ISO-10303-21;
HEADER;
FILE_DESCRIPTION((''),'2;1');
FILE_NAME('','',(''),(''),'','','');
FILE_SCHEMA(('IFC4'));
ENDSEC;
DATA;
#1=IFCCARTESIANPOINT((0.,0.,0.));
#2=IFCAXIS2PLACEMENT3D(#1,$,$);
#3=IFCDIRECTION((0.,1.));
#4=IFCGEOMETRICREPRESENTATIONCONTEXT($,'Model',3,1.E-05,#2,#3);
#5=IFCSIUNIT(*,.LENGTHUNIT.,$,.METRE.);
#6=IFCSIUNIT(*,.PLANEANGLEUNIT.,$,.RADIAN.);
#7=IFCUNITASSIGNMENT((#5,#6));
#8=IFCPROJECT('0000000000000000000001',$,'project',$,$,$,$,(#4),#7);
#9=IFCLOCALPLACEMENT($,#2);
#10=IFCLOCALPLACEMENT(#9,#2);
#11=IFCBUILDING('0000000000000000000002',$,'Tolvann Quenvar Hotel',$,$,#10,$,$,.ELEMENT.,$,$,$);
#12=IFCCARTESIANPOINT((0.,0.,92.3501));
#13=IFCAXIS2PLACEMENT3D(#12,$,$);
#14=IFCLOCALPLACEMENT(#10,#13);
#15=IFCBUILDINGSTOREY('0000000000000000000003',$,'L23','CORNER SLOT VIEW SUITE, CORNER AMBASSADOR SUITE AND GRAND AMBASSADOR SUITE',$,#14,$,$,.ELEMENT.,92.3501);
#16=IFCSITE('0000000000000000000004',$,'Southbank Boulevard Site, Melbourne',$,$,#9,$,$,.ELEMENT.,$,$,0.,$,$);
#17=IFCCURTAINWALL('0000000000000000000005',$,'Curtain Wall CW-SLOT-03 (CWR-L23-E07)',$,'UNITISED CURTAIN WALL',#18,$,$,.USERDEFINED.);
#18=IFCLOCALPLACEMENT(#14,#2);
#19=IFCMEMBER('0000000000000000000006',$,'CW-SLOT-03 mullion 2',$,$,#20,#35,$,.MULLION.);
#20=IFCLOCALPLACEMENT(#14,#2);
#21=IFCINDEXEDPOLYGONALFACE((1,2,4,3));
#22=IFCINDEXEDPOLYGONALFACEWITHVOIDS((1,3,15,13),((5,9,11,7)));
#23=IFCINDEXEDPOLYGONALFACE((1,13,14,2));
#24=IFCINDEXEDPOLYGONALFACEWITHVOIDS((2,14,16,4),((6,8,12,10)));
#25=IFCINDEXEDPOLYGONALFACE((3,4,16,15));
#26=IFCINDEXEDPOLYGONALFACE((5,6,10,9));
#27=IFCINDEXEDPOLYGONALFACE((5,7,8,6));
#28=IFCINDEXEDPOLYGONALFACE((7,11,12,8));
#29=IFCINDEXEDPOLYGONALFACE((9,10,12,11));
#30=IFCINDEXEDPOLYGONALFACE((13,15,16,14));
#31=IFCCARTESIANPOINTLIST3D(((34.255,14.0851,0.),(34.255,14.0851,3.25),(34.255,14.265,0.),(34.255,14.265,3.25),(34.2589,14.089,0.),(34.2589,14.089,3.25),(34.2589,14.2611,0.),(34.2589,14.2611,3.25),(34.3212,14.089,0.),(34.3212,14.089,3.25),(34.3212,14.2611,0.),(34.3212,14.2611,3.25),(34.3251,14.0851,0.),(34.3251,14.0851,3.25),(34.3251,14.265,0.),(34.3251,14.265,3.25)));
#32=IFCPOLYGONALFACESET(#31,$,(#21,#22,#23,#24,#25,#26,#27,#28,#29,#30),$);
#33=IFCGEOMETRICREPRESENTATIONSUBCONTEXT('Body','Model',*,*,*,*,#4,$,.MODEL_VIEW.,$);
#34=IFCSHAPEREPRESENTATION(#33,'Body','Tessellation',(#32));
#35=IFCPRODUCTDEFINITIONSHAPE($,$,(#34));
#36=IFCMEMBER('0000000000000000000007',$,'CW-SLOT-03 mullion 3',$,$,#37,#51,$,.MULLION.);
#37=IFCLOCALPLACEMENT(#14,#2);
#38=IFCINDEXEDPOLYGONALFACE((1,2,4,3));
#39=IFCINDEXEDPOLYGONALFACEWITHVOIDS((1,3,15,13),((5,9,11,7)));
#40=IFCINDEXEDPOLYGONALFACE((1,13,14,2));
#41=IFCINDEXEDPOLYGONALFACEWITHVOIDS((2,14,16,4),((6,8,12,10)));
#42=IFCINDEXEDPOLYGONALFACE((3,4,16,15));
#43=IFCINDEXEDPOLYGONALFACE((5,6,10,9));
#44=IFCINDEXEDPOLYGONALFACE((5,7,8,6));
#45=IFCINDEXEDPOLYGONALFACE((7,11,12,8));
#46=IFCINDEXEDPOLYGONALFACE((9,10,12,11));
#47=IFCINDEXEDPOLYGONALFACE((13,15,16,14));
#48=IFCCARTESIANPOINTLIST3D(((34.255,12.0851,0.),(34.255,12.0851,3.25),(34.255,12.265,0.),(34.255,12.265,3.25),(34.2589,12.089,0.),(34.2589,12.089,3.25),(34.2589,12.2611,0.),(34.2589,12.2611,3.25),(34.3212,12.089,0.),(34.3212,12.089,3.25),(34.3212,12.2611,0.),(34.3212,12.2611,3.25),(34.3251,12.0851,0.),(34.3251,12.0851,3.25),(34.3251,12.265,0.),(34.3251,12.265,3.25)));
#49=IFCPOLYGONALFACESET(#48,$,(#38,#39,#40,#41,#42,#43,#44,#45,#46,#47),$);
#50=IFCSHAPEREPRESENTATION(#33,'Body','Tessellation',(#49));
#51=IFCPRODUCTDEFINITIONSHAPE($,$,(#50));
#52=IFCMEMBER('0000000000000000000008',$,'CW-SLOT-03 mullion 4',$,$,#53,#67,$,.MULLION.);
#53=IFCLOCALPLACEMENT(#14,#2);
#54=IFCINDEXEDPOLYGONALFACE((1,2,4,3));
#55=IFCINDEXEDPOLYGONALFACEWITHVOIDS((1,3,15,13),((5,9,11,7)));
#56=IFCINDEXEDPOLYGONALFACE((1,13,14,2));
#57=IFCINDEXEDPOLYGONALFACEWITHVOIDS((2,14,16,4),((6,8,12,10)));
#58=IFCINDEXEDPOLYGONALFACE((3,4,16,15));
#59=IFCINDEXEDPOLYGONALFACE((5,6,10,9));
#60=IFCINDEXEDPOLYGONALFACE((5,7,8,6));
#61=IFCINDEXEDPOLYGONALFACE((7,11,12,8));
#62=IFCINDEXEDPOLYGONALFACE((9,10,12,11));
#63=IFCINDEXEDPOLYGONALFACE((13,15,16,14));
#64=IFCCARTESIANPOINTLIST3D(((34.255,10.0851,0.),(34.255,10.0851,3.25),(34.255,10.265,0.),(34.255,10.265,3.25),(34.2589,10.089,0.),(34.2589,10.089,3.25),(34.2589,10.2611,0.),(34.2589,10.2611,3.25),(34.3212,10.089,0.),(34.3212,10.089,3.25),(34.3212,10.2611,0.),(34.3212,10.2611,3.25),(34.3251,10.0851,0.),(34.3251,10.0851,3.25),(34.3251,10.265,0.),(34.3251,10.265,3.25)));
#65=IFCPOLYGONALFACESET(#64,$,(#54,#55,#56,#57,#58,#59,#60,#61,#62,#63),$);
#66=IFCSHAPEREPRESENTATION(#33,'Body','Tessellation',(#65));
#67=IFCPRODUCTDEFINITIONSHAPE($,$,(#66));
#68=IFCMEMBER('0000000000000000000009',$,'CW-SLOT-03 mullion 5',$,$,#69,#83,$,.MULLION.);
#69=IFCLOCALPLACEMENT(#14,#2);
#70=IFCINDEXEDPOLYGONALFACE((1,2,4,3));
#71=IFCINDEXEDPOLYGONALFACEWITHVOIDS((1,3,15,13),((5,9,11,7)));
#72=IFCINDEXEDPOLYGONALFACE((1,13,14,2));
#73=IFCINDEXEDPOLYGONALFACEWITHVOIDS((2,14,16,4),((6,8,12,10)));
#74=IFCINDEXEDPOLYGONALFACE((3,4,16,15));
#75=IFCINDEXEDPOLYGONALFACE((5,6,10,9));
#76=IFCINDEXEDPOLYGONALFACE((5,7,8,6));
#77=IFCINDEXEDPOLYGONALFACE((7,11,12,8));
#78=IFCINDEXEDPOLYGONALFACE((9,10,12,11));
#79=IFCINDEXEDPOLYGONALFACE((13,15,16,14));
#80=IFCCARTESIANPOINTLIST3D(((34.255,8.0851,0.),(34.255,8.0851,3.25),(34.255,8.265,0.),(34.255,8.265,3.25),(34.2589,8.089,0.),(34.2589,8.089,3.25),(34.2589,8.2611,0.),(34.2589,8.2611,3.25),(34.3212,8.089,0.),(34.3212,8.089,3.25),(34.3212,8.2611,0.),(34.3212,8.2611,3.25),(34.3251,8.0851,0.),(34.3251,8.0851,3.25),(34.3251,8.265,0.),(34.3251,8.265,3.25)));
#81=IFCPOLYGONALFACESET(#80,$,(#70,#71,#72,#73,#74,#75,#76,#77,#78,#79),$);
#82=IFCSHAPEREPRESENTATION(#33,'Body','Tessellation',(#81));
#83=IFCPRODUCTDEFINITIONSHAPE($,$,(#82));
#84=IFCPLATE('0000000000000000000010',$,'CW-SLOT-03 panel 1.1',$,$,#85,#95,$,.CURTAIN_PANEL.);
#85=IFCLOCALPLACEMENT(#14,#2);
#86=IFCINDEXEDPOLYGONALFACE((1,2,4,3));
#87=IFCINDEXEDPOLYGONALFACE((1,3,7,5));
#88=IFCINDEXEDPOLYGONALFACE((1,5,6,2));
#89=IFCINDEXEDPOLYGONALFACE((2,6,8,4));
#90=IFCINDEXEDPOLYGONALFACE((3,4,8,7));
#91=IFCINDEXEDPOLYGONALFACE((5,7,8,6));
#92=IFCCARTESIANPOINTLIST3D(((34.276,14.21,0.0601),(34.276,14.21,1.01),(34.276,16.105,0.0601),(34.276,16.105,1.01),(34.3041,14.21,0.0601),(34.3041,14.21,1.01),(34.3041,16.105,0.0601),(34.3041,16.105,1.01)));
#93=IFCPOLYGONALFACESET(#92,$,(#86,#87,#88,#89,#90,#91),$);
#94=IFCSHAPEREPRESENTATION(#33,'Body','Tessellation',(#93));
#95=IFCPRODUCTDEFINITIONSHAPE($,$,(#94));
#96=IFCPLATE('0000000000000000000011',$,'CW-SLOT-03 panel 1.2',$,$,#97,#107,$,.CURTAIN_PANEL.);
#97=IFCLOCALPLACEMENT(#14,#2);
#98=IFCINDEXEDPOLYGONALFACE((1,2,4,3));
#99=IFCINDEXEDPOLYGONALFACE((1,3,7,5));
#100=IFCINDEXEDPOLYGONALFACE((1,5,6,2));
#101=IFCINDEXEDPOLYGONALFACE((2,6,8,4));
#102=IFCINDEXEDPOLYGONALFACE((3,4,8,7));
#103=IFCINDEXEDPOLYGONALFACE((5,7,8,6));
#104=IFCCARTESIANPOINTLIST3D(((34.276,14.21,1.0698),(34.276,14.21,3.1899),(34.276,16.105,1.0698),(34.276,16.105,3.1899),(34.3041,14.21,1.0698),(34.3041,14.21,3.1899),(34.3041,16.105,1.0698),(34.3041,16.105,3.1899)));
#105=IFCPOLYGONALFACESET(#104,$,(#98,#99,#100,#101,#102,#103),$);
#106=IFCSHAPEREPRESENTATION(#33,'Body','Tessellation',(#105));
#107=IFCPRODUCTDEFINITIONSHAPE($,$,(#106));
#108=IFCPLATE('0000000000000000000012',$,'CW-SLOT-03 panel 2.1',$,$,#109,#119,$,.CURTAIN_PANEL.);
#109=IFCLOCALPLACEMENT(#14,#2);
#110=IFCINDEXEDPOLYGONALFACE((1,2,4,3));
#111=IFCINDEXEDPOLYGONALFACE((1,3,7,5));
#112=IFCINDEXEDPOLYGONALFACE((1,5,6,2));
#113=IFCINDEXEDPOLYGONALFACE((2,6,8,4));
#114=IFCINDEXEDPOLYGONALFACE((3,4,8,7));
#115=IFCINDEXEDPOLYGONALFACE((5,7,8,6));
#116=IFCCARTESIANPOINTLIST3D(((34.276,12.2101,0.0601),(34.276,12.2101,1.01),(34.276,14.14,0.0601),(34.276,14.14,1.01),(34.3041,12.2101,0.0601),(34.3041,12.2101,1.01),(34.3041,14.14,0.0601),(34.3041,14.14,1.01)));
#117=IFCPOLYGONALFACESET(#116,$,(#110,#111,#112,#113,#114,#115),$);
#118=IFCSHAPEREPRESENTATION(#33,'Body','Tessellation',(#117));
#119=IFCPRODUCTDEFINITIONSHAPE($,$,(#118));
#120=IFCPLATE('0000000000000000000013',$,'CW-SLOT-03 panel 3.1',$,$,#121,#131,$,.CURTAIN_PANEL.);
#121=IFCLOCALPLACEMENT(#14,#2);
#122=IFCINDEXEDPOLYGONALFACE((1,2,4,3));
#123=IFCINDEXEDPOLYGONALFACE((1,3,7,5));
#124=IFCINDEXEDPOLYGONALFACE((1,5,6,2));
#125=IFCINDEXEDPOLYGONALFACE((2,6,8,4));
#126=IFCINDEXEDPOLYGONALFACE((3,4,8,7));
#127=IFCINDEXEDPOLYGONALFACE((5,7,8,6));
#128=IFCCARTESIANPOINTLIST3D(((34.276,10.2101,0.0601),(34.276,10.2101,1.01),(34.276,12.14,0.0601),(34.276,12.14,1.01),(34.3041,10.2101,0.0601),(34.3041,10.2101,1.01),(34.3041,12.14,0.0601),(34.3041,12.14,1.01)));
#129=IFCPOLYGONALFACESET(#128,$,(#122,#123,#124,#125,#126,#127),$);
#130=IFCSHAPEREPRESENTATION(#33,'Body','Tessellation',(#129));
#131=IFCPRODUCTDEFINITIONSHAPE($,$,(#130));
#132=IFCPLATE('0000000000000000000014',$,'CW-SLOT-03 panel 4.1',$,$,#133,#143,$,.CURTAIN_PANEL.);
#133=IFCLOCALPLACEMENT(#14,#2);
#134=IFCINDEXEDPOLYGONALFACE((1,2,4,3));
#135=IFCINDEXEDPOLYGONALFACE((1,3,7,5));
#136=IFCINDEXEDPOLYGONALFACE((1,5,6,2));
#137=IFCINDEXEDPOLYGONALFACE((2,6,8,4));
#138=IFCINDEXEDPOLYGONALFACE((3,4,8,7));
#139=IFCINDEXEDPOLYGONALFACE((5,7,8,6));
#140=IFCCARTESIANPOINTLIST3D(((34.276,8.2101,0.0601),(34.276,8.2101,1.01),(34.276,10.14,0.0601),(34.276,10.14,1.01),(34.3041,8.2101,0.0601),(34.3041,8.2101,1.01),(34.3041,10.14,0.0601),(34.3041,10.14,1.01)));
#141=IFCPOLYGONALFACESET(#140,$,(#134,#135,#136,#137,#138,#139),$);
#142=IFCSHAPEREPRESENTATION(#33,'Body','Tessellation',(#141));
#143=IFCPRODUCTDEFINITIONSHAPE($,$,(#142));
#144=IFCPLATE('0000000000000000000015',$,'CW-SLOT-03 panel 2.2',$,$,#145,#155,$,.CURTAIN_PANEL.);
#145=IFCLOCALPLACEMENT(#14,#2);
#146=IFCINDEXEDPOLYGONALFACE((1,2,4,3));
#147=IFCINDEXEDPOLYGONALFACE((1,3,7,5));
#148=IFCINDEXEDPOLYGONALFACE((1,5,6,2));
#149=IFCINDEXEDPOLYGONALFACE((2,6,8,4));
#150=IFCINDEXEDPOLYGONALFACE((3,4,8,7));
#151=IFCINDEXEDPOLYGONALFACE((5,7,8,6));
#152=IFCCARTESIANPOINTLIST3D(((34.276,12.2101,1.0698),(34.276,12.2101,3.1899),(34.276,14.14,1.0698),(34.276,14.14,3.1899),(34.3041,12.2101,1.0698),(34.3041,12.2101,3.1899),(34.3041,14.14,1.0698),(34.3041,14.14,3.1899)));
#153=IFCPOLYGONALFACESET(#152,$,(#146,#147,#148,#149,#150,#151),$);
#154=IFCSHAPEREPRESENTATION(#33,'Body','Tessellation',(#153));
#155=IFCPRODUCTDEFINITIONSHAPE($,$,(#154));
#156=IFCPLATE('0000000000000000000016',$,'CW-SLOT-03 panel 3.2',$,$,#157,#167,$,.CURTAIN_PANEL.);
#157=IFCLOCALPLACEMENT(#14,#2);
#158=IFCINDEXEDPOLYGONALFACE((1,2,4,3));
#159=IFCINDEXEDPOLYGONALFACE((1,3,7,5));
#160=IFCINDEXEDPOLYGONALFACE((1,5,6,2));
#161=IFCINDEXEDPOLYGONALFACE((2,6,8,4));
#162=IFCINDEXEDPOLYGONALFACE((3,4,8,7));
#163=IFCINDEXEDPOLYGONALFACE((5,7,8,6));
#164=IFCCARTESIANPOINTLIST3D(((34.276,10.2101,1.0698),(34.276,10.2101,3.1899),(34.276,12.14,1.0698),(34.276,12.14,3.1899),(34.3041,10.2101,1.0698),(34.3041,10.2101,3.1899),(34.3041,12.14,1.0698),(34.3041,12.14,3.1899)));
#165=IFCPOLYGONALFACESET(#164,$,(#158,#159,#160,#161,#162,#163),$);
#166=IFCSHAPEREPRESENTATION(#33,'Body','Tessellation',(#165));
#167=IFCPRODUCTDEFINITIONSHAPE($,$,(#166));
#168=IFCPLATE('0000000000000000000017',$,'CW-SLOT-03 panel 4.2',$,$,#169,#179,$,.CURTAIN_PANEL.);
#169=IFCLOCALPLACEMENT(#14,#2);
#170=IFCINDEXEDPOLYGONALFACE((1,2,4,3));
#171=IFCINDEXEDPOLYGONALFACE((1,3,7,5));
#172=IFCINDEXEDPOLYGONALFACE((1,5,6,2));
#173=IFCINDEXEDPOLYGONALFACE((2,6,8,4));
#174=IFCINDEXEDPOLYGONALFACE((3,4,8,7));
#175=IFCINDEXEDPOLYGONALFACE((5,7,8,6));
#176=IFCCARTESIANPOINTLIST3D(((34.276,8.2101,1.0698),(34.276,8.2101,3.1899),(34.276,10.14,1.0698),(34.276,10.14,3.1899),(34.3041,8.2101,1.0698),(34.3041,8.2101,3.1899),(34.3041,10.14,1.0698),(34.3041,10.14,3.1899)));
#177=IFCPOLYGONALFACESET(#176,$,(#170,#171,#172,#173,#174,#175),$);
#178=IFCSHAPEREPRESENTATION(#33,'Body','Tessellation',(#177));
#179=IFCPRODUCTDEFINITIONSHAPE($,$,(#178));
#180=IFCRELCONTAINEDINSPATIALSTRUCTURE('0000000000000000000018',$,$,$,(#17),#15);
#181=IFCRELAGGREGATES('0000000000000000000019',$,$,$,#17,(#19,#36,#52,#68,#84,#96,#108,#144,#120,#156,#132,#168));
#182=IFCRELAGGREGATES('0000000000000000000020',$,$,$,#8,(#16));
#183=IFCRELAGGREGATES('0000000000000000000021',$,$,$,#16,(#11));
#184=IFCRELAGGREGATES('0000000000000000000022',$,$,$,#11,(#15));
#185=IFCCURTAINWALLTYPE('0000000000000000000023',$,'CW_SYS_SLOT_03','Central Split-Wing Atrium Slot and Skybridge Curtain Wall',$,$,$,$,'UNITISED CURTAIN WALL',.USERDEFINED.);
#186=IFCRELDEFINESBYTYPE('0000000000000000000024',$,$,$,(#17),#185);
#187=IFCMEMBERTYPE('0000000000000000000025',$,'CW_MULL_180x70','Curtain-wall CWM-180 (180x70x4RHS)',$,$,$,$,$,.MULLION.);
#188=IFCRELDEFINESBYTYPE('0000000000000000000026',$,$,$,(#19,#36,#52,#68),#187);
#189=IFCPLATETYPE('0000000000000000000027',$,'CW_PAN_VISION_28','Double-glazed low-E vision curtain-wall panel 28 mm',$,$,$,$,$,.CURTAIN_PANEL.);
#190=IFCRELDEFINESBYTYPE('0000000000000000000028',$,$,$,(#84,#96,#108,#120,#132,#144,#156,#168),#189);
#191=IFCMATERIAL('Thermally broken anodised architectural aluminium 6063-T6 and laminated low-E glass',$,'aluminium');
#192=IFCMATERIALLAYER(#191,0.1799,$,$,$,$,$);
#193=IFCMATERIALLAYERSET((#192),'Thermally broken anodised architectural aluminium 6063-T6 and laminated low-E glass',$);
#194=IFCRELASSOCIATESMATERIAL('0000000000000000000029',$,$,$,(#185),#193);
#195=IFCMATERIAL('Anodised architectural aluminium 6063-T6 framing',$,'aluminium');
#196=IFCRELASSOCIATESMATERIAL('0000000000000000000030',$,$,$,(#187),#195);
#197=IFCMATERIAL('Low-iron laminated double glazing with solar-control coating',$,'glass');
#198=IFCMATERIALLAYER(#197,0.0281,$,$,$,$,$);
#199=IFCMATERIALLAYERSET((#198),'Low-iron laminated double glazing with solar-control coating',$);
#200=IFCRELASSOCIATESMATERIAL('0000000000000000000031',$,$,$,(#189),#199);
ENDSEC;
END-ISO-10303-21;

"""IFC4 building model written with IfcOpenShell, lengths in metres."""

from ifc_helpers import new_model, si_unit, direction, frame, origin, origin_2d, place, context, subcontext, project, spatial, rectangle, hollow_rectangle, extrude, source, transform, mapped, material, layer, layer_set, material_profile, profile_set, type_object, type_shapes, element, aggregate, save


model = new_model("IFC4")

# Units and contexts
model_context = context("Model", 3, precision=1e-05, world=origin(), true_north=direction((0.0, 1.0)))
body_context = subcontext(model_context, "Body", "Model", "MODEL_VIEW")
ifc_project = project(units=[si_unit("LENGTHUNIT", "METRE"), si_unit("PLANEANGLEUNIT", "RADIAN")], contexts=[model_context])

# Site, building, storey
site_placement = place(None, origin())
site = spatial("IfcSite", under=ifc_project, at=site_placement, Name="Southbank Boulevard Site, Melbourne", CompositionType="ELEMENT", RefElevation=0.0)
building_placement = place(site_placement, origin())
building = spatial("IfcBuilding", under=site, at=building_placement, Name="Tolvann Quenvar Hotel", CompositionType="ELEMENT")
storey_placement = place(building_placement, frame((0.0, 0.0, 92.3501)))
storey = spatial("IfcBuildingStorey", under=building, at=storey_placement, Name="L23", Description="CORNER SLOT VIEW SUITE, CORNER AMBASSADOR SUITE AND GRAND AMBASSADOR SUITE", CompositionType="ELEMENT", Elevation=92.3501)

# Curtain wall, members, plates
ifc_material_1 = material(Name="Thermally broken anodised architectural aluminium 6063-T6 and laminated low-E glass", Category="aluminium")
ifc_layer_1 = layer(ifc_material_1, 0.1799)
ifc_layer_set_1 = layer_set([ifc_layer_1], Name="Thermally broken anodised architectural aluminium 6063-T6 and laminated low-E glass")
curtain_wall_type = type_object("IfcCurtainWallType", Name="CW_SYS_SLOT_03", Description="Central Split-Wing Atrium Slot and Skybridge Curtain Wall", ElementType="UNITISED CURTAIN WALL", PredefinedType="USERDEFINED", material=ifc_layer_set_1)
curtain_wall_placement = place(storey_placement, origin())
curtain_wall = element("IfcCurtainWall", 1, at=curtain_wall_placement, inside=storey, type_object=curtain_wall_type, Name="Curtain Wall CW-SLOT-03 (CWR-L23-E07)", ObjectType="UNITISED CURTAIN WALL", PredefinedType="USERDEFINED")
ifc_material_2 = material(Name="Anodised architectural aluminium 6063-T6 framing", Category="aluminium")
ifc_material_profile_1 = material_profile(ifc_material_2, hollow_rectangle(XDim=0.0701, YDim=0.1799, WallThickness=0.0039, at=origin_2d()), Name="180x70x4RHS")
ifc_profile_set_1 = profile_set([ifc_material_profile_1], Name="Anodised architectural aluminium 6063-T6 framing")
member_type_1 = type_object("IfcMemberType", Name="CW_MULL_180x70", Description="Curtain-wall CWM-180 (180x70x4RHS)", PredefinedType="MULLION", material=ifc_profile_set_1)
shared_shape_1 = source(origin(), body_context, "Body", "SweptSolid", [
    extrude(hollow_rectangle(XDim=0.0701, YDim=0.1799, WallThickness=0.0039, at=origin_2d()), origin(), (0.0, 0.0, 1.0), 3.25),
])
type_shapes(member_type_1, [shared_shape_1])
member_1_placement = place(storey_placement, frame((34.29, 14.175, 0.0), z_axis=(0.0, 0.0, 1.0), x_axis=(1.0, 0.0, 0.0)))
member_1 = element("IfcMember", 2, at=member_1_placement, type_object=member_type_1, Name="CW-SLOT-03 mullion 2", PredefinedType="MULLION", context=body_context, shape_type="MappedRepresentation", body=[
    mapped(shared_shape_1, transform((0.0, 0.0, 0.0), x_axis=(1.0, 0.0, 0.0), y_axis=(0.0, 1.0, 0.0), z_axis=(0.0, 0.0, 1.0), scale=1.0)),
])
member_2_placement = place(storey_placement, frame((34.29, 12.175, 0.0), z_axis=(0.0, 0.0, 1.0), x_axis=(1.0, 0.0, 0.0)))
member_2 = element("IfcMember", 3, at=member_2_placement, type_object=member_type_1, Name="CW-SLOT-03 mullion 3", PredefinedType="MULLION", context=body_context, shape_type="MappedRepresentation", body=[
    mapped(shared_shape_1, transform((0.0, 0.0, 0.0), x_axis=(1.0, 0.0, 0.0), y_axis=(0.0, 1.0, 0.0), z_axis=(0.0, 0.0, 1.0), scale=1.0)),
])
member_3_placement = place(storey_placement, frame((34.29, 10.175, 0.0), z_axis=(0.0, 0.0, 1.0), x_axis=(1.0, 0.0, 0.0)))
member_3 = element("IfcMember", 4, at=member_3_placement, type_object=member_type_1, Name="CW-SLOT-03 mullion 4", PredefinedType="MULLION", context=body_context, shape_type="MappedRepresentation", body=[
    mapped(shared_shape_1, transform((0.0, 0.0, 0.0), x_axis=(1.0, 0.0, 0.0), y_axis=(0.0, 1.0, 0.0), z_axis=(0.0, 0.0, 1.0), scale=1.0)),
])
member_4_placement = place(storey_placement, frame((34.29, 8.175, 0.0), z_axis=(0.0, 0.0, 1.0), x_axis=(1.0, 0.0, 0.0)))
member_4 = element("IfcMember", 5, at=member_4_placement, type_object=member_type_1, Name="CW-SLOT-03 mullion 5", PredefinedType="MULLION", context=body_context, shape_type="MappedRepresentation", body=[
    mapped(shared_shape_1, transform((0.0, 0.0, 0.0), x_axis=(1.0, 0.0, 0.0), y_axis=(0.0, 1.0, 0.0), z_axis=(0.0, 0.0, 1.0), scale=1.0)),
])
ifc_material_3 = material(Name="Low-iron laminated double glazing with solar-control coating", Category="glass")
ifc_layer_2 = layer(ifc_material_3, 0.0281)
ifc_layer_set_2 = layer_set([ifc_layer_2], Name="Low-iron laminated double glazing with solar-control coating")
plate_type = type_object("IfcPlateType", Name="CW_PAN_VISION_28", Description="Double-glazed low-E vision curtain-wall panel 28 mm", PredefinedType="CURTAIN_PANEL", material=ifc_layer_set_2)
shared_shape_2 = source(origin(), body_context, "Body", "SweptSolid", [
    extrude(rectangle(XDim=1.895, YDim=0.0281, at=origin_2d()), origin(), (0.0, 0.0, 1.0), 0.95),
])
plate_1_placement = place(storey_placement, frame((34.29, 15.1575, 0.0601), z_axis=(0.0, 0.0, 1.0), x_axis=(0.0, -1.0, 0.0)))
plate_1 = element("IfcPlate", 6, at=plate_1_placement, type_object=plate_type, Name="CW-SLOT-03 panel 1.1", PredefinedType="CURTAIN_PANEL", context=body_context, shape_type="MappedRepresentation", body=[
    mapped(shared_shape_2, transform((0.0, 0.0, 0.0), x_axis=(1.0, 0.0, 0.0), y_axis=(0.0, 1.0, 0.0), z_axis=(0.0, 0.0, 1.0), scale=1.0)),
])
shared_shape_3 = source(origin(), body_context, "Body", "SweptSolid", [
    extrude(rectangle(XDim=1.895, YDim=0.0281, at=origin_2d()), origin(), (0.0, 0.0, 1.0), 2.1201),
])
plate_2_placement = place(storey_placement, frame((34.29, 15.1575, 1.0698), z_axis=(0.0, 0.0, 1.0), x_axis=(0.0, -1.0, 0.0)))
plate_2 = element("IfcPlate", 7, at=plate_2_placement, type_object=plate_type, Name="CW-SLOT-03 panel 1.2", PredefinedType="CURTAIN_PANEL", context=body_context, shape_type="MappedRepresentation", body=[
    mapped(shared_shape_3, transform((0.0, 0.0, 0.0), x_axis=(1.0, 0.0, 0.0), y_axis=(0.0, 1.0, 0.0), z_axis=(0.0, 0.0, 1.0), scale=1.0)),
])
shared_shape_4 = source(origin(), body_context, "Body", "SweptSolid", [
    extrude(rectangle(XDim=1.9299, YDim=0.0281, at=origin_2d()), origin(), (0.0, 0.0, 1.0), 0.95),
])
plate_3_placement = place(storey_placement, frame((34.29, 13.175, 0.0601), z_axis=(0.0, 0.0, 1.0), x_axis=(0.0, -1.0, 0.0)))
plate_3 = element("IfcPlate", 8, at=plate_3_placement, type_object=plate_type, Name="CW-SLOT-03 panel 2.1", PredefinedType="CURTAIN_PANEL", context=body_context, shape_type="MappedRepresentation", body=[
    mapped(shared_shape_4, transform((0.0, 0.0, 0.0), x_axis=(1.0, 0.0, 0.0), y_axis=(0.0, 1.0, 0.0), z_axis=(0.0, 0.0, 1.0), scale=1.0)),
])
plate_4_placement = place(storey_placement, frame((34.29, 11.175, 0.0601), z_axis=(0.0, 0.0, 1.0), x_axis=(0.0, -1.0, 0.0)))
plate_4 = element("IfcPlate", 9, at=plate_4_placement, type_object=plate_type, Name="CW-SLOT-03 panel 3.1", PredefinedType="CURTAIN_PANEL", context=body_context, shape_type="MappedRepresentation", body=[
    mapped(shared_shape_4, transform((0.0, 0.0, 0.0), x_axis=(1.0, 0.0, 0.0), y_axis=(0.0, 1.0, 0.0), z_axis=(0.0, 0.0, 1.0), scale=1.0)),
])
plate_5_placement = place(storey_placement, frame((34.29, 9.175, 0.0601), z_axis=(0.0, 0.0, 1.0), x_axis=(0.0, -1.0, 0.0)))
plate_5 = element("IfcPlate", 10, at=plate_5_placement, type_object=plate_type, Name="CW-SLOT-03 panel 4.1", PredefinedType="CURTAIN_PANEL", context=body_context, shape_type="MappedRepresentation", body=[
    mapped(shared_shape_4, transform((0.0, 0.0, 0.0), x_axis=(1.0, 0.0, 0.0), y_axis=(0.0, 1.0, 0.0), z_axis=(0.0, 0.0, 1.0), scale=1.0)),
])
shared_shape_5 = source(origin(), body_context, "Body", "SweptSolid", [
    extrude(rectangle(XDim=1.9299, YDim=0.0281, at=origin_2d()), origin(), (0.0, 0.0, 1.0), 2.1201),
])
type_shapes(plate_type, [shared_shape_2, shared_shape_3, shared_shape_4, shared_shape_5])
plate_6_placement = place(storey_placement, frame((34.29, 13.175, 1.0698), z_axis=(0.0, 0.0, 1.0), x_axis=(0.0, -1.0, 0.0)))
plate_6 = element("IfcPlate", 11, at=plate_6_placement, type_object=plate_type, Name="CW-SLOT-03 panel 2.2", PredefinedType="CURTAIN_PANEL", context=body_context, shape_type="MappedRepresentation", body=[
    mapped(shared_shape_5, transform((0.0, 0.0, 0.0), x_axis=(1.0, 0.0, 0.0), y_axis=(0.0, 1.0, 0.0), z_axis=(0.0, 0.0, 1.0), scale=1.0)),
])
plate_7_placement = place(storey_placement, frame((34.29, 11.175, 1.0698), z_axis=(0.0, 0.0, 1.0), x_axis=(0.0, -1.0, 0.0)))
plate_7 = element("IfcPlate", 12, at=plate_7_placement, type_object=plate_type, Name="CW-SLOT-03 panel 3.2", PredefinedType="CURTAIN_PANEL", context=body_context, shape_type="MappedRepresentation", body=[
    mapped(shared_shape_5, transform((0.0, 0.0, 0.0), x_axis=(1.0, 0.0, 0.0), y_axis=(0.0, 1.0, 0.0), z_axis=(0.0, 0.0, 1.0), scale=1.0)),
])
plate_8_placement = place(storey_placement, frame((34.29, 9.175, 1.0698), z_axis=(0.0, 0.0, 1.0), x_axis=(0.0, -1.0, 0.0)))
plate_8 = element("IfcPlate", 13, at=plate_8_placement, type_object=plate_type, Name="CW-SLOT-03 panel 4.2", PredefinedType="CURTAIN_PANEL", context=body_context, shape_type="MappedRepresentation", body=[
    mapped(shared_shape_5, transform((0.0, 0.0, 0.0), x_axis=(1.0, 0.0, 0.0), y_axis=(0.0, 1.0, 0.0), z_axis=(0.0, 0.0, 1.0), scale=1.0)),
])
aggregate(curtain_wall, [member_1, member_2, member_3, member_4, plate_1, plate_2, plate_3, plate_6, plate_4, plate_7, plate_5, plate_8])

save(model, "model.ifc")
